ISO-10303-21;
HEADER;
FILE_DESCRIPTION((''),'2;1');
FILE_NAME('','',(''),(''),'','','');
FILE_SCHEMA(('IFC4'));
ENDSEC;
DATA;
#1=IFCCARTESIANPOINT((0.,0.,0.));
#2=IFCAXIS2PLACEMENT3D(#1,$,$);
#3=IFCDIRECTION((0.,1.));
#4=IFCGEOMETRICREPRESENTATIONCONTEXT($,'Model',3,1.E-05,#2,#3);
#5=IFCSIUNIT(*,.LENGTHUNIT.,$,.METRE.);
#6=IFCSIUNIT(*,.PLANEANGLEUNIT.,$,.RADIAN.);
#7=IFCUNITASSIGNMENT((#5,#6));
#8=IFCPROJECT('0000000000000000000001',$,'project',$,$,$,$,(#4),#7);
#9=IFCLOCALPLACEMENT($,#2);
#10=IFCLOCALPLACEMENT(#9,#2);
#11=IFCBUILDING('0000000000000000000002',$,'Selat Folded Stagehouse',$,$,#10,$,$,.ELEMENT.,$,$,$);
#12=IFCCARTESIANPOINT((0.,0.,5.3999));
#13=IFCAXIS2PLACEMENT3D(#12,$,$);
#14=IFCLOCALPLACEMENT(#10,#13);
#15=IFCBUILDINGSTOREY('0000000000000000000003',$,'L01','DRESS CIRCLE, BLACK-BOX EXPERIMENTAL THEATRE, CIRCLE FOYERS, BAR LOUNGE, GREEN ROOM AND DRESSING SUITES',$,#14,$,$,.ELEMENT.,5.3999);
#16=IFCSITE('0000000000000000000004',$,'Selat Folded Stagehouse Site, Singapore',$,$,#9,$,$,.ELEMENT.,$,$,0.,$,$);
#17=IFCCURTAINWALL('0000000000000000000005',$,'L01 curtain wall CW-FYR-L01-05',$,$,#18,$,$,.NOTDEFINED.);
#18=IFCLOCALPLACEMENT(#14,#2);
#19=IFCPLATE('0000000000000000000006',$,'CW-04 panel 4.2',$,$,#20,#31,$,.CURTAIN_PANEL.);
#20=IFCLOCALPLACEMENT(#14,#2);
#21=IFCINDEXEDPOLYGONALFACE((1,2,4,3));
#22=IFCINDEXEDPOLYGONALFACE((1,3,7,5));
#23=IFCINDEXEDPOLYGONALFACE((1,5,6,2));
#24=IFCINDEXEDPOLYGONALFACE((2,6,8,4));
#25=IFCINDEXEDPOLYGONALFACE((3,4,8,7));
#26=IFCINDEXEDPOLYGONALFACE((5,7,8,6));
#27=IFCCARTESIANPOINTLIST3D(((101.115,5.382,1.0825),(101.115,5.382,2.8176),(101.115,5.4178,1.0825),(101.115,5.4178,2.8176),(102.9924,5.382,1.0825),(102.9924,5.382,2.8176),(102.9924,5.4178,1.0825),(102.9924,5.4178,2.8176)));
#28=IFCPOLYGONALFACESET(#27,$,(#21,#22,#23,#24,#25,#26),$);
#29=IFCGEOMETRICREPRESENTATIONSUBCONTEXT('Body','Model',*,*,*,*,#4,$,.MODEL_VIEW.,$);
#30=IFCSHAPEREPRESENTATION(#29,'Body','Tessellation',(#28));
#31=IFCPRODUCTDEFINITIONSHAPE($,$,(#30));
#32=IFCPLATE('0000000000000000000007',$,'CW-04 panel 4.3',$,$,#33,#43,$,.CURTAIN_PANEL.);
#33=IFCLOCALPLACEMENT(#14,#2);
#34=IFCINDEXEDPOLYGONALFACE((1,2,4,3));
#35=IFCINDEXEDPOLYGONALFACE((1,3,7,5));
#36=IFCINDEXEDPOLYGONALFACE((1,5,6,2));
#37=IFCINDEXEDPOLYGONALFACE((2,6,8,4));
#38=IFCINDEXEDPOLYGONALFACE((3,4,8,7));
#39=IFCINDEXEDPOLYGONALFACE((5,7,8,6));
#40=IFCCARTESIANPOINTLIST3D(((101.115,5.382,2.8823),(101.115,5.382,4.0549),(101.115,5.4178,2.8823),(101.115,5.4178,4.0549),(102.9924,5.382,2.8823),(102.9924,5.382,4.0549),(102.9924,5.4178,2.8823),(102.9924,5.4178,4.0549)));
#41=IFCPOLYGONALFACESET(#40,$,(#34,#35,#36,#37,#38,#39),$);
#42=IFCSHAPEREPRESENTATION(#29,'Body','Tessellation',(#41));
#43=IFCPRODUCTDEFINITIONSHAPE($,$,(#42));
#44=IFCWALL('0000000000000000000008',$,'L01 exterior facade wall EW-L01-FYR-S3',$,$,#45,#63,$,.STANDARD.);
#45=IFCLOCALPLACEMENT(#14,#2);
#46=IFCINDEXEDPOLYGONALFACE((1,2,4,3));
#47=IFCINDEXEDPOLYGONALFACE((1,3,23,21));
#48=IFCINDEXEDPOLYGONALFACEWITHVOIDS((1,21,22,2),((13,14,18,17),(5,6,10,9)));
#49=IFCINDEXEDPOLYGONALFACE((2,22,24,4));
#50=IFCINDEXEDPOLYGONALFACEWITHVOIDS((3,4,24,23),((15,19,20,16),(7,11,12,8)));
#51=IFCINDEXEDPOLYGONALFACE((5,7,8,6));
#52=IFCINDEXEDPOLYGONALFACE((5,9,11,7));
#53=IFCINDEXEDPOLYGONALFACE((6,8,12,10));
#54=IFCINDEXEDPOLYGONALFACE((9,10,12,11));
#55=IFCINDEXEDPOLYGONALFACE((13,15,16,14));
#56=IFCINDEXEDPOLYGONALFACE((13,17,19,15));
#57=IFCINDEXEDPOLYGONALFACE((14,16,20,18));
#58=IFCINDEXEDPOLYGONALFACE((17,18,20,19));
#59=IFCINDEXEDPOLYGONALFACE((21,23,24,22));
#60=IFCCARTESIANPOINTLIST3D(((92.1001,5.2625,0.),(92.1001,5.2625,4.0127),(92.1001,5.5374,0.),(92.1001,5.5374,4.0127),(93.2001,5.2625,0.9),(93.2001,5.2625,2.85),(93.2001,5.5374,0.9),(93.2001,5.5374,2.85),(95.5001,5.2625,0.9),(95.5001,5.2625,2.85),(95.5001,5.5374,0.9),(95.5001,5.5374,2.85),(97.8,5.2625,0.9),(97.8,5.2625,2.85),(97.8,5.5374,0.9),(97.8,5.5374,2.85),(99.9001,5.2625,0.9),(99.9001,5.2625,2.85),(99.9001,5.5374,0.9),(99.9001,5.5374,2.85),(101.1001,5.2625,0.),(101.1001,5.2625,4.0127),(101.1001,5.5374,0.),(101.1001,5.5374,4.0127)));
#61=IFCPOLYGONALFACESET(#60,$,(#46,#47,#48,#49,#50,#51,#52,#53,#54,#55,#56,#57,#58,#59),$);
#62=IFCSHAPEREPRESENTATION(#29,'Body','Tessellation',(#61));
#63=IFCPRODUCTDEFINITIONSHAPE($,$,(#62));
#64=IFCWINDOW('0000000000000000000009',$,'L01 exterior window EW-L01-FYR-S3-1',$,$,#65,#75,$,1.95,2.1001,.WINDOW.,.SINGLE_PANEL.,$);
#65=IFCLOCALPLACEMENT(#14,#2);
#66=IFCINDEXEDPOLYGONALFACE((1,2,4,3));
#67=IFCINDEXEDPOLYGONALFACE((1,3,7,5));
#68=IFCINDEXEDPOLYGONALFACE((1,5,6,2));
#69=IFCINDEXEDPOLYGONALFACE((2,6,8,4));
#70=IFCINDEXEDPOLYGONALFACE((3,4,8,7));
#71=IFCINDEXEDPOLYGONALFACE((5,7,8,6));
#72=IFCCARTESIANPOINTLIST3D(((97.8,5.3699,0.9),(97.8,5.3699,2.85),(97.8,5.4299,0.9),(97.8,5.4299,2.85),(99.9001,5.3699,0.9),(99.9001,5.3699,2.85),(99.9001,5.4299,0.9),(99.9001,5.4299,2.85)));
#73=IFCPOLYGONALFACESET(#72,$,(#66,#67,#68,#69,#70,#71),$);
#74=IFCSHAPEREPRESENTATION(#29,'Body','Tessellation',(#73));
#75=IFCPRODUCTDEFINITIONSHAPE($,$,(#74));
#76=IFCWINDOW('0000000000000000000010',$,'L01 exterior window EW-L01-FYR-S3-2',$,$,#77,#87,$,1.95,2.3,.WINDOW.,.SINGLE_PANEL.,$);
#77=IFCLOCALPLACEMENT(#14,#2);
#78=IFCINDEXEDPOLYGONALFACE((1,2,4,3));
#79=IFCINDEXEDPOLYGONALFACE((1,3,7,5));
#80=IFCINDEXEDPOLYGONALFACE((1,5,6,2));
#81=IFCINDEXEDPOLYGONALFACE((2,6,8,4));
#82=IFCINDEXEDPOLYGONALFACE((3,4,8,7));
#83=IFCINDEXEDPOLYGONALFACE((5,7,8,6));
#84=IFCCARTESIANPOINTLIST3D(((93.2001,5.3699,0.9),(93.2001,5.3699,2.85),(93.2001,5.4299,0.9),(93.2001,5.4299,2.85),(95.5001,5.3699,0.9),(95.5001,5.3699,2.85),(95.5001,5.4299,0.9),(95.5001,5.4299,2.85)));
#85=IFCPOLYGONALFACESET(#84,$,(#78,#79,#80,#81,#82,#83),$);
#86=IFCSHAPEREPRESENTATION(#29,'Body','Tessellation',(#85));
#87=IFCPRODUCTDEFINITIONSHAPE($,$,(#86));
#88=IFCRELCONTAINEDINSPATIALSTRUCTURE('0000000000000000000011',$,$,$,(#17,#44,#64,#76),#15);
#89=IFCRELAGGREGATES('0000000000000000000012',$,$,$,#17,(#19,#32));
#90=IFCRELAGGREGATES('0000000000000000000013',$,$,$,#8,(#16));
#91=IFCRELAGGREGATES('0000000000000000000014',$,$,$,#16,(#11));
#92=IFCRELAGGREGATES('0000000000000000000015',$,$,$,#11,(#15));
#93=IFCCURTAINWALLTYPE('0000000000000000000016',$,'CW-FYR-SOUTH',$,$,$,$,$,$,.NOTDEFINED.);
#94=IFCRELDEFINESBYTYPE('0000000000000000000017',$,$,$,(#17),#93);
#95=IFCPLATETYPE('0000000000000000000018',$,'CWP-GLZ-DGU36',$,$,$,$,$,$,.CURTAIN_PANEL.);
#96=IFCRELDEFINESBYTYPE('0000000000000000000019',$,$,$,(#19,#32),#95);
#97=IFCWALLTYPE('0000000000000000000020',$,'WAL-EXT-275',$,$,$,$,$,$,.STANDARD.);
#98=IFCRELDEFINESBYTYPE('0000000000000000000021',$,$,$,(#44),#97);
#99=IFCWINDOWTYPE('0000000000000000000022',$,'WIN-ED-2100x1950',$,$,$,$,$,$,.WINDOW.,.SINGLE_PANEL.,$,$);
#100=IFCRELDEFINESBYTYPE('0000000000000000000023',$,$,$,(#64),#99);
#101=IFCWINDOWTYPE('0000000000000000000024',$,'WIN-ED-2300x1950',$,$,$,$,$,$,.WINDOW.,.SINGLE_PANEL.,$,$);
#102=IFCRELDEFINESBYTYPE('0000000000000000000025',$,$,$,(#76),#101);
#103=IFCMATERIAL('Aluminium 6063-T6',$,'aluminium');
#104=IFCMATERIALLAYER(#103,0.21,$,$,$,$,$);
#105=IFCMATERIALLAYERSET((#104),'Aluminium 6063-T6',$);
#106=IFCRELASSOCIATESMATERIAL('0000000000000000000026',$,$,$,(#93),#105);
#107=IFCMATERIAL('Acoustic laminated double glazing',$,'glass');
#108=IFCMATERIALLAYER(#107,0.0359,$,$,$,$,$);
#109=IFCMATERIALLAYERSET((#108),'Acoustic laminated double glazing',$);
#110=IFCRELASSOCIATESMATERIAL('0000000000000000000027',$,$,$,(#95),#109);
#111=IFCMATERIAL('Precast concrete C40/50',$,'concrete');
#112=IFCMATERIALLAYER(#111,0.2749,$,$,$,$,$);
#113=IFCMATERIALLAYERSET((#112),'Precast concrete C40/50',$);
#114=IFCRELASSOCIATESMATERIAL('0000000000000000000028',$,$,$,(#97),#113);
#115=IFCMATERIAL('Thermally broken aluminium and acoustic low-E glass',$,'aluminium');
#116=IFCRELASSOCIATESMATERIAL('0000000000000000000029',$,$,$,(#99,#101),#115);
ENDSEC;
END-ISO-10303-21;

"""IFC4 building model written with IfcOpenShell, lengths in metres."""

from ifc_helpers import new_model, si_unit, direction, frame, frame_2d, origin, origin_2d, place, context, subcontext, project, spatial, rectangle, extrude, material, layer, layer_set, type_object, element, fill, aggregate, save


model = new_model("IFC4")

# Units and contexts
model_context = context("Model", 3, precision=1e-05, world=origin(), true_north=direction((0.0, 1.0)))
body_context = subcontext(model_context, "Body", "Model", "MODEL_VIEW")
ifc_project = project(units=[si_unit("LENGTHUNIT", "METRE"), si_unit("PLANEANGLEUNIT", "RADIAN")], contexts=[model_context])

# Site, building, storey
site_placement = place(None, origin())
site = spatial("IfcSite", under=ifc_project, at=site_placement, Name="Selat Folded Stagehouse Site, Singapore", CompositionType="ELEMENT", RefElevation=0.0)
building_placement = place(site_placement, origin())
building = spatial("IfcBuilding", under=site, at=building_placement, Name="Selat Folded Stagehouse", CompositionType="ELEMENT")
storey_placement = place(building_placement, frame((0.0, 0.0, 5.3999)))
storey = spatial("IfcBuildingStorey", under=building, at=storey_placement, Name="L01", Description="DRESS CIRCLE, BLACK-BOX EXPERIMENTAL THEATRE, CIRCLE FOYERS, BAR LOUNGE, GREEN ROOM AND DRESSING SUITES", CompositionType="ELEMENT", Elevation=5.3999)

# Curtain wall
ifc_material_1 = material(Name="Aluminium 6063-T6", Category="aluminium")
ifc_layer_1 = layer(ifc_material_1, 0.21)
ifc_layer_set_1 = layer_set([ifc_layer_1], Name="Aluminium 6063-T6")
curtain_wall_type = type_object("IfcCurtainWallType", Name="CW-FYR-SOUTH", PredefinedType="NOTDEFINED", material=ifc_layer_set_1)
curtain_wall_placement = place(storey_placement, origin())
curtain_wall = element("IfcCurtainWall", 1, at=curtain_wall_placement, inside=storey, type_object=curtain_wall_type, Name="L01 curtain wall CW-FYR-L01-05", PredefinedType="NOTDEFINED")

# Plates
ifc_material_2 = material(Name="Acoustic laminated double glazing", Category="glass")
ifc_layer_2 = layer(ifc_material_2, 0.0359)
ifc_layer_set_2 = layer_set([ifc_layer_2], Name="Acoustic laminated double glazing")
plate_type = type_object("IfcPlateType", Name="CWP-GLZ-DGU36", PredefinedType="CURTAIN_PANEL", material=ifc_layer_set_2)
plate_1_placement = place(storey_placement, frame((102.0537, 5.3999, 1.0825), z_axis=(0.0, 0.0, 1.0), x_axis=(-1.0, 0.0, 0.0)))
plate_1 = element("IfcPlate", 2, at=plate_1_placement, type_object=plate_type, Name="CW-04 panel 4.2", PredefinedType="CURTAIN_PANEL", context=body_context, shape_type="SweptSolid", body=[
    extrude(rectangle(XDim=1.8774, YDim=0.0359, at=origin_2d()), origin(), (0.0, 0.0, 1.0), 1.7351),
])
plate_2_placement = place(storey_placement, frame((102.0537, 5.3999, 2.8823), z_axis=(0.0, 0.0, 1.0), x_axis=(-1.0, 0.0, 0.0)))
plate_2 = element("IfcPlate", 3, at=plate_2_placement, type_object=plate_type, Name="CW-04 panel 4.3", PredefinedType="CURTAIN_PANEL", context=body_context, shape_type="SweptSolid", body=[
    extrude(rectangle(XDim=1.8774, YDim=0.0359, at=origin_2d()), origin(), (0.0, 0.0, 1.0), 1.1726),
])
aggregate(curtain_wall, [plate_1, plate_2])

# Wall, openings, windows
ifc_material_3 = material(Name="Precast concrete C40/50", Category="concrete")
ifc_layer_3 = layer(ifc_material_3, 0.2749)
ifc_layer_set_3 = layer_set([ifc_layer_3], Name="Precast concrete C40/50")
wall_type = type_object("IfcWallType", Name="WAL-EXT-275", PredefinedType="STANDARD", material=ifc_layer_set_3)
wall_placement = place(storey_placement, frame((101.1001, 5.3999, 0.0), z_axis=(0.0, 0.0, 1.0), x_axis=(-1.0, 0.0, 0.0)))
wall = element("IfcWall", 4, at=wall_placement, inside=storey, type_object=wall_type, Name="L01 exterior facade wall EW-L01-FYR-S3", PredefinedType="STANDARD", context=body_context, shape_type="SweptSolid", body=[
    extrude(rectangle(XDim=9.0, YDim=0.2749, at=frame_2d((4.5, 0.0))), origin(), (0.0, 0.0, 1.0), 4.0127),
])
opening_1_placement = place(wall_placement, frame((1.2, 0.0, 0.8999)))
opening_1 = element("IfcOpeningElement", 5, at=opening_1_placement, cuts=wall, PredefinedType="OPENING", context=body_context, shape_type="SweptSolid", body=[
    extrude(rectangle(XDim=2.1001, YDim=1.95, at=frame_2d((1.05, 0.9751))), frame((0.0, 0.1475, 0.0), z_axis=(0.0, -1.0, 0.0), x_axis=(1.0, 0.0, 0.0)), (0.0, 0.0, 1.0), 0.2949),
])
opening_2_placement = place(wall_placement, frame((5.6001, 0.0, 0.8999)))
opening_2 = element("IfcOpeningElement", 6, at=opening_2_placement, cuts=wall, PredefinedType="OPENING", context=body_context, shape_type="SweptSolid", body=[
    extrude(rectangle(XDim=2.3, YDim=1.95, at=frame_2d((1.1499, 0.9751))), frame((0.0, 0.1475, 0.0), z_axis=(0.0, -1.0, 0.0), x_axis=(1.0, 0.0, 0.0)), (0.0, 0.0, 1.0), 0.2949),
])
ifc_material_4 = material(Name="Thermally broken aluminium and acoustic low-E glass", Category="aluminium")
window_type_1 = type_object("IfcWindowType", Name="WIN-ED-2100x1950", PartitioningType="SINGLE_PANEL", PredefinedType="WINDOW", material=ifc_material_4)
window_1_placement = place(opening_1_placement, origin())
window_1 = element("IfcWindow", 7, at=window_1_placement, inside=storey, type_object=window_type_1, Name="L01 exterior window EW-L01-FYR-S3-1", OverallHeight=1.95, OverallWidth=2.1001, PartitioningType="SINGLE_PANEL", PredefinedType="WINDOW", context=body_context, shape_type="SweptSolid", body=[
    extrude(rectangle(XDim=2.1001, YDim=1.95, at=frame_2d((1.05, 0.9751))), frame((0.0, 0.03, 0.0), z_axis=(0.0, -1.0, 0.0), x_axis=(1.0, 0.0, 0.0)), (0.0, 0.0, 1.0), 0.0601),
])
fill(opening_1, window_1)
window_type_2 = type_object("IfcWindowType", Name="WIN-ED-2300x1950", PartitioningType="SINGLE_PANEL", PredefinedType="WINDOW", material=ifc_material_4)
window_2_placement = place(opening_2_placement, origin())
window_2 = element("IfcWindow", 8, at=window_2_placement, inside=storey, type_object=window_type_2, Name="L01 exterior window EW-L01-FYR-S3-2", OverallHeight=1.95, OverallWidth=2.3, PartitioningType="SINGLE_PANEL", PredefinedType="WINDOW", context=body_context, shape_type="SweptSolid", body=[
    extrude(rectangle(XDim=2.3, YDim=1.95, at=frame_2d((1.1499, 0.9751))), frame((0.0, 0.03, 0.0), z_axis=(0.0, -1.0, 0.0), x_axis=(1.0, 0.0, 0.0)), (0.0, 0.0, 1.0), 0.0601),
])
fill(opening_2, window_2)

save(model, "model.ifc")
